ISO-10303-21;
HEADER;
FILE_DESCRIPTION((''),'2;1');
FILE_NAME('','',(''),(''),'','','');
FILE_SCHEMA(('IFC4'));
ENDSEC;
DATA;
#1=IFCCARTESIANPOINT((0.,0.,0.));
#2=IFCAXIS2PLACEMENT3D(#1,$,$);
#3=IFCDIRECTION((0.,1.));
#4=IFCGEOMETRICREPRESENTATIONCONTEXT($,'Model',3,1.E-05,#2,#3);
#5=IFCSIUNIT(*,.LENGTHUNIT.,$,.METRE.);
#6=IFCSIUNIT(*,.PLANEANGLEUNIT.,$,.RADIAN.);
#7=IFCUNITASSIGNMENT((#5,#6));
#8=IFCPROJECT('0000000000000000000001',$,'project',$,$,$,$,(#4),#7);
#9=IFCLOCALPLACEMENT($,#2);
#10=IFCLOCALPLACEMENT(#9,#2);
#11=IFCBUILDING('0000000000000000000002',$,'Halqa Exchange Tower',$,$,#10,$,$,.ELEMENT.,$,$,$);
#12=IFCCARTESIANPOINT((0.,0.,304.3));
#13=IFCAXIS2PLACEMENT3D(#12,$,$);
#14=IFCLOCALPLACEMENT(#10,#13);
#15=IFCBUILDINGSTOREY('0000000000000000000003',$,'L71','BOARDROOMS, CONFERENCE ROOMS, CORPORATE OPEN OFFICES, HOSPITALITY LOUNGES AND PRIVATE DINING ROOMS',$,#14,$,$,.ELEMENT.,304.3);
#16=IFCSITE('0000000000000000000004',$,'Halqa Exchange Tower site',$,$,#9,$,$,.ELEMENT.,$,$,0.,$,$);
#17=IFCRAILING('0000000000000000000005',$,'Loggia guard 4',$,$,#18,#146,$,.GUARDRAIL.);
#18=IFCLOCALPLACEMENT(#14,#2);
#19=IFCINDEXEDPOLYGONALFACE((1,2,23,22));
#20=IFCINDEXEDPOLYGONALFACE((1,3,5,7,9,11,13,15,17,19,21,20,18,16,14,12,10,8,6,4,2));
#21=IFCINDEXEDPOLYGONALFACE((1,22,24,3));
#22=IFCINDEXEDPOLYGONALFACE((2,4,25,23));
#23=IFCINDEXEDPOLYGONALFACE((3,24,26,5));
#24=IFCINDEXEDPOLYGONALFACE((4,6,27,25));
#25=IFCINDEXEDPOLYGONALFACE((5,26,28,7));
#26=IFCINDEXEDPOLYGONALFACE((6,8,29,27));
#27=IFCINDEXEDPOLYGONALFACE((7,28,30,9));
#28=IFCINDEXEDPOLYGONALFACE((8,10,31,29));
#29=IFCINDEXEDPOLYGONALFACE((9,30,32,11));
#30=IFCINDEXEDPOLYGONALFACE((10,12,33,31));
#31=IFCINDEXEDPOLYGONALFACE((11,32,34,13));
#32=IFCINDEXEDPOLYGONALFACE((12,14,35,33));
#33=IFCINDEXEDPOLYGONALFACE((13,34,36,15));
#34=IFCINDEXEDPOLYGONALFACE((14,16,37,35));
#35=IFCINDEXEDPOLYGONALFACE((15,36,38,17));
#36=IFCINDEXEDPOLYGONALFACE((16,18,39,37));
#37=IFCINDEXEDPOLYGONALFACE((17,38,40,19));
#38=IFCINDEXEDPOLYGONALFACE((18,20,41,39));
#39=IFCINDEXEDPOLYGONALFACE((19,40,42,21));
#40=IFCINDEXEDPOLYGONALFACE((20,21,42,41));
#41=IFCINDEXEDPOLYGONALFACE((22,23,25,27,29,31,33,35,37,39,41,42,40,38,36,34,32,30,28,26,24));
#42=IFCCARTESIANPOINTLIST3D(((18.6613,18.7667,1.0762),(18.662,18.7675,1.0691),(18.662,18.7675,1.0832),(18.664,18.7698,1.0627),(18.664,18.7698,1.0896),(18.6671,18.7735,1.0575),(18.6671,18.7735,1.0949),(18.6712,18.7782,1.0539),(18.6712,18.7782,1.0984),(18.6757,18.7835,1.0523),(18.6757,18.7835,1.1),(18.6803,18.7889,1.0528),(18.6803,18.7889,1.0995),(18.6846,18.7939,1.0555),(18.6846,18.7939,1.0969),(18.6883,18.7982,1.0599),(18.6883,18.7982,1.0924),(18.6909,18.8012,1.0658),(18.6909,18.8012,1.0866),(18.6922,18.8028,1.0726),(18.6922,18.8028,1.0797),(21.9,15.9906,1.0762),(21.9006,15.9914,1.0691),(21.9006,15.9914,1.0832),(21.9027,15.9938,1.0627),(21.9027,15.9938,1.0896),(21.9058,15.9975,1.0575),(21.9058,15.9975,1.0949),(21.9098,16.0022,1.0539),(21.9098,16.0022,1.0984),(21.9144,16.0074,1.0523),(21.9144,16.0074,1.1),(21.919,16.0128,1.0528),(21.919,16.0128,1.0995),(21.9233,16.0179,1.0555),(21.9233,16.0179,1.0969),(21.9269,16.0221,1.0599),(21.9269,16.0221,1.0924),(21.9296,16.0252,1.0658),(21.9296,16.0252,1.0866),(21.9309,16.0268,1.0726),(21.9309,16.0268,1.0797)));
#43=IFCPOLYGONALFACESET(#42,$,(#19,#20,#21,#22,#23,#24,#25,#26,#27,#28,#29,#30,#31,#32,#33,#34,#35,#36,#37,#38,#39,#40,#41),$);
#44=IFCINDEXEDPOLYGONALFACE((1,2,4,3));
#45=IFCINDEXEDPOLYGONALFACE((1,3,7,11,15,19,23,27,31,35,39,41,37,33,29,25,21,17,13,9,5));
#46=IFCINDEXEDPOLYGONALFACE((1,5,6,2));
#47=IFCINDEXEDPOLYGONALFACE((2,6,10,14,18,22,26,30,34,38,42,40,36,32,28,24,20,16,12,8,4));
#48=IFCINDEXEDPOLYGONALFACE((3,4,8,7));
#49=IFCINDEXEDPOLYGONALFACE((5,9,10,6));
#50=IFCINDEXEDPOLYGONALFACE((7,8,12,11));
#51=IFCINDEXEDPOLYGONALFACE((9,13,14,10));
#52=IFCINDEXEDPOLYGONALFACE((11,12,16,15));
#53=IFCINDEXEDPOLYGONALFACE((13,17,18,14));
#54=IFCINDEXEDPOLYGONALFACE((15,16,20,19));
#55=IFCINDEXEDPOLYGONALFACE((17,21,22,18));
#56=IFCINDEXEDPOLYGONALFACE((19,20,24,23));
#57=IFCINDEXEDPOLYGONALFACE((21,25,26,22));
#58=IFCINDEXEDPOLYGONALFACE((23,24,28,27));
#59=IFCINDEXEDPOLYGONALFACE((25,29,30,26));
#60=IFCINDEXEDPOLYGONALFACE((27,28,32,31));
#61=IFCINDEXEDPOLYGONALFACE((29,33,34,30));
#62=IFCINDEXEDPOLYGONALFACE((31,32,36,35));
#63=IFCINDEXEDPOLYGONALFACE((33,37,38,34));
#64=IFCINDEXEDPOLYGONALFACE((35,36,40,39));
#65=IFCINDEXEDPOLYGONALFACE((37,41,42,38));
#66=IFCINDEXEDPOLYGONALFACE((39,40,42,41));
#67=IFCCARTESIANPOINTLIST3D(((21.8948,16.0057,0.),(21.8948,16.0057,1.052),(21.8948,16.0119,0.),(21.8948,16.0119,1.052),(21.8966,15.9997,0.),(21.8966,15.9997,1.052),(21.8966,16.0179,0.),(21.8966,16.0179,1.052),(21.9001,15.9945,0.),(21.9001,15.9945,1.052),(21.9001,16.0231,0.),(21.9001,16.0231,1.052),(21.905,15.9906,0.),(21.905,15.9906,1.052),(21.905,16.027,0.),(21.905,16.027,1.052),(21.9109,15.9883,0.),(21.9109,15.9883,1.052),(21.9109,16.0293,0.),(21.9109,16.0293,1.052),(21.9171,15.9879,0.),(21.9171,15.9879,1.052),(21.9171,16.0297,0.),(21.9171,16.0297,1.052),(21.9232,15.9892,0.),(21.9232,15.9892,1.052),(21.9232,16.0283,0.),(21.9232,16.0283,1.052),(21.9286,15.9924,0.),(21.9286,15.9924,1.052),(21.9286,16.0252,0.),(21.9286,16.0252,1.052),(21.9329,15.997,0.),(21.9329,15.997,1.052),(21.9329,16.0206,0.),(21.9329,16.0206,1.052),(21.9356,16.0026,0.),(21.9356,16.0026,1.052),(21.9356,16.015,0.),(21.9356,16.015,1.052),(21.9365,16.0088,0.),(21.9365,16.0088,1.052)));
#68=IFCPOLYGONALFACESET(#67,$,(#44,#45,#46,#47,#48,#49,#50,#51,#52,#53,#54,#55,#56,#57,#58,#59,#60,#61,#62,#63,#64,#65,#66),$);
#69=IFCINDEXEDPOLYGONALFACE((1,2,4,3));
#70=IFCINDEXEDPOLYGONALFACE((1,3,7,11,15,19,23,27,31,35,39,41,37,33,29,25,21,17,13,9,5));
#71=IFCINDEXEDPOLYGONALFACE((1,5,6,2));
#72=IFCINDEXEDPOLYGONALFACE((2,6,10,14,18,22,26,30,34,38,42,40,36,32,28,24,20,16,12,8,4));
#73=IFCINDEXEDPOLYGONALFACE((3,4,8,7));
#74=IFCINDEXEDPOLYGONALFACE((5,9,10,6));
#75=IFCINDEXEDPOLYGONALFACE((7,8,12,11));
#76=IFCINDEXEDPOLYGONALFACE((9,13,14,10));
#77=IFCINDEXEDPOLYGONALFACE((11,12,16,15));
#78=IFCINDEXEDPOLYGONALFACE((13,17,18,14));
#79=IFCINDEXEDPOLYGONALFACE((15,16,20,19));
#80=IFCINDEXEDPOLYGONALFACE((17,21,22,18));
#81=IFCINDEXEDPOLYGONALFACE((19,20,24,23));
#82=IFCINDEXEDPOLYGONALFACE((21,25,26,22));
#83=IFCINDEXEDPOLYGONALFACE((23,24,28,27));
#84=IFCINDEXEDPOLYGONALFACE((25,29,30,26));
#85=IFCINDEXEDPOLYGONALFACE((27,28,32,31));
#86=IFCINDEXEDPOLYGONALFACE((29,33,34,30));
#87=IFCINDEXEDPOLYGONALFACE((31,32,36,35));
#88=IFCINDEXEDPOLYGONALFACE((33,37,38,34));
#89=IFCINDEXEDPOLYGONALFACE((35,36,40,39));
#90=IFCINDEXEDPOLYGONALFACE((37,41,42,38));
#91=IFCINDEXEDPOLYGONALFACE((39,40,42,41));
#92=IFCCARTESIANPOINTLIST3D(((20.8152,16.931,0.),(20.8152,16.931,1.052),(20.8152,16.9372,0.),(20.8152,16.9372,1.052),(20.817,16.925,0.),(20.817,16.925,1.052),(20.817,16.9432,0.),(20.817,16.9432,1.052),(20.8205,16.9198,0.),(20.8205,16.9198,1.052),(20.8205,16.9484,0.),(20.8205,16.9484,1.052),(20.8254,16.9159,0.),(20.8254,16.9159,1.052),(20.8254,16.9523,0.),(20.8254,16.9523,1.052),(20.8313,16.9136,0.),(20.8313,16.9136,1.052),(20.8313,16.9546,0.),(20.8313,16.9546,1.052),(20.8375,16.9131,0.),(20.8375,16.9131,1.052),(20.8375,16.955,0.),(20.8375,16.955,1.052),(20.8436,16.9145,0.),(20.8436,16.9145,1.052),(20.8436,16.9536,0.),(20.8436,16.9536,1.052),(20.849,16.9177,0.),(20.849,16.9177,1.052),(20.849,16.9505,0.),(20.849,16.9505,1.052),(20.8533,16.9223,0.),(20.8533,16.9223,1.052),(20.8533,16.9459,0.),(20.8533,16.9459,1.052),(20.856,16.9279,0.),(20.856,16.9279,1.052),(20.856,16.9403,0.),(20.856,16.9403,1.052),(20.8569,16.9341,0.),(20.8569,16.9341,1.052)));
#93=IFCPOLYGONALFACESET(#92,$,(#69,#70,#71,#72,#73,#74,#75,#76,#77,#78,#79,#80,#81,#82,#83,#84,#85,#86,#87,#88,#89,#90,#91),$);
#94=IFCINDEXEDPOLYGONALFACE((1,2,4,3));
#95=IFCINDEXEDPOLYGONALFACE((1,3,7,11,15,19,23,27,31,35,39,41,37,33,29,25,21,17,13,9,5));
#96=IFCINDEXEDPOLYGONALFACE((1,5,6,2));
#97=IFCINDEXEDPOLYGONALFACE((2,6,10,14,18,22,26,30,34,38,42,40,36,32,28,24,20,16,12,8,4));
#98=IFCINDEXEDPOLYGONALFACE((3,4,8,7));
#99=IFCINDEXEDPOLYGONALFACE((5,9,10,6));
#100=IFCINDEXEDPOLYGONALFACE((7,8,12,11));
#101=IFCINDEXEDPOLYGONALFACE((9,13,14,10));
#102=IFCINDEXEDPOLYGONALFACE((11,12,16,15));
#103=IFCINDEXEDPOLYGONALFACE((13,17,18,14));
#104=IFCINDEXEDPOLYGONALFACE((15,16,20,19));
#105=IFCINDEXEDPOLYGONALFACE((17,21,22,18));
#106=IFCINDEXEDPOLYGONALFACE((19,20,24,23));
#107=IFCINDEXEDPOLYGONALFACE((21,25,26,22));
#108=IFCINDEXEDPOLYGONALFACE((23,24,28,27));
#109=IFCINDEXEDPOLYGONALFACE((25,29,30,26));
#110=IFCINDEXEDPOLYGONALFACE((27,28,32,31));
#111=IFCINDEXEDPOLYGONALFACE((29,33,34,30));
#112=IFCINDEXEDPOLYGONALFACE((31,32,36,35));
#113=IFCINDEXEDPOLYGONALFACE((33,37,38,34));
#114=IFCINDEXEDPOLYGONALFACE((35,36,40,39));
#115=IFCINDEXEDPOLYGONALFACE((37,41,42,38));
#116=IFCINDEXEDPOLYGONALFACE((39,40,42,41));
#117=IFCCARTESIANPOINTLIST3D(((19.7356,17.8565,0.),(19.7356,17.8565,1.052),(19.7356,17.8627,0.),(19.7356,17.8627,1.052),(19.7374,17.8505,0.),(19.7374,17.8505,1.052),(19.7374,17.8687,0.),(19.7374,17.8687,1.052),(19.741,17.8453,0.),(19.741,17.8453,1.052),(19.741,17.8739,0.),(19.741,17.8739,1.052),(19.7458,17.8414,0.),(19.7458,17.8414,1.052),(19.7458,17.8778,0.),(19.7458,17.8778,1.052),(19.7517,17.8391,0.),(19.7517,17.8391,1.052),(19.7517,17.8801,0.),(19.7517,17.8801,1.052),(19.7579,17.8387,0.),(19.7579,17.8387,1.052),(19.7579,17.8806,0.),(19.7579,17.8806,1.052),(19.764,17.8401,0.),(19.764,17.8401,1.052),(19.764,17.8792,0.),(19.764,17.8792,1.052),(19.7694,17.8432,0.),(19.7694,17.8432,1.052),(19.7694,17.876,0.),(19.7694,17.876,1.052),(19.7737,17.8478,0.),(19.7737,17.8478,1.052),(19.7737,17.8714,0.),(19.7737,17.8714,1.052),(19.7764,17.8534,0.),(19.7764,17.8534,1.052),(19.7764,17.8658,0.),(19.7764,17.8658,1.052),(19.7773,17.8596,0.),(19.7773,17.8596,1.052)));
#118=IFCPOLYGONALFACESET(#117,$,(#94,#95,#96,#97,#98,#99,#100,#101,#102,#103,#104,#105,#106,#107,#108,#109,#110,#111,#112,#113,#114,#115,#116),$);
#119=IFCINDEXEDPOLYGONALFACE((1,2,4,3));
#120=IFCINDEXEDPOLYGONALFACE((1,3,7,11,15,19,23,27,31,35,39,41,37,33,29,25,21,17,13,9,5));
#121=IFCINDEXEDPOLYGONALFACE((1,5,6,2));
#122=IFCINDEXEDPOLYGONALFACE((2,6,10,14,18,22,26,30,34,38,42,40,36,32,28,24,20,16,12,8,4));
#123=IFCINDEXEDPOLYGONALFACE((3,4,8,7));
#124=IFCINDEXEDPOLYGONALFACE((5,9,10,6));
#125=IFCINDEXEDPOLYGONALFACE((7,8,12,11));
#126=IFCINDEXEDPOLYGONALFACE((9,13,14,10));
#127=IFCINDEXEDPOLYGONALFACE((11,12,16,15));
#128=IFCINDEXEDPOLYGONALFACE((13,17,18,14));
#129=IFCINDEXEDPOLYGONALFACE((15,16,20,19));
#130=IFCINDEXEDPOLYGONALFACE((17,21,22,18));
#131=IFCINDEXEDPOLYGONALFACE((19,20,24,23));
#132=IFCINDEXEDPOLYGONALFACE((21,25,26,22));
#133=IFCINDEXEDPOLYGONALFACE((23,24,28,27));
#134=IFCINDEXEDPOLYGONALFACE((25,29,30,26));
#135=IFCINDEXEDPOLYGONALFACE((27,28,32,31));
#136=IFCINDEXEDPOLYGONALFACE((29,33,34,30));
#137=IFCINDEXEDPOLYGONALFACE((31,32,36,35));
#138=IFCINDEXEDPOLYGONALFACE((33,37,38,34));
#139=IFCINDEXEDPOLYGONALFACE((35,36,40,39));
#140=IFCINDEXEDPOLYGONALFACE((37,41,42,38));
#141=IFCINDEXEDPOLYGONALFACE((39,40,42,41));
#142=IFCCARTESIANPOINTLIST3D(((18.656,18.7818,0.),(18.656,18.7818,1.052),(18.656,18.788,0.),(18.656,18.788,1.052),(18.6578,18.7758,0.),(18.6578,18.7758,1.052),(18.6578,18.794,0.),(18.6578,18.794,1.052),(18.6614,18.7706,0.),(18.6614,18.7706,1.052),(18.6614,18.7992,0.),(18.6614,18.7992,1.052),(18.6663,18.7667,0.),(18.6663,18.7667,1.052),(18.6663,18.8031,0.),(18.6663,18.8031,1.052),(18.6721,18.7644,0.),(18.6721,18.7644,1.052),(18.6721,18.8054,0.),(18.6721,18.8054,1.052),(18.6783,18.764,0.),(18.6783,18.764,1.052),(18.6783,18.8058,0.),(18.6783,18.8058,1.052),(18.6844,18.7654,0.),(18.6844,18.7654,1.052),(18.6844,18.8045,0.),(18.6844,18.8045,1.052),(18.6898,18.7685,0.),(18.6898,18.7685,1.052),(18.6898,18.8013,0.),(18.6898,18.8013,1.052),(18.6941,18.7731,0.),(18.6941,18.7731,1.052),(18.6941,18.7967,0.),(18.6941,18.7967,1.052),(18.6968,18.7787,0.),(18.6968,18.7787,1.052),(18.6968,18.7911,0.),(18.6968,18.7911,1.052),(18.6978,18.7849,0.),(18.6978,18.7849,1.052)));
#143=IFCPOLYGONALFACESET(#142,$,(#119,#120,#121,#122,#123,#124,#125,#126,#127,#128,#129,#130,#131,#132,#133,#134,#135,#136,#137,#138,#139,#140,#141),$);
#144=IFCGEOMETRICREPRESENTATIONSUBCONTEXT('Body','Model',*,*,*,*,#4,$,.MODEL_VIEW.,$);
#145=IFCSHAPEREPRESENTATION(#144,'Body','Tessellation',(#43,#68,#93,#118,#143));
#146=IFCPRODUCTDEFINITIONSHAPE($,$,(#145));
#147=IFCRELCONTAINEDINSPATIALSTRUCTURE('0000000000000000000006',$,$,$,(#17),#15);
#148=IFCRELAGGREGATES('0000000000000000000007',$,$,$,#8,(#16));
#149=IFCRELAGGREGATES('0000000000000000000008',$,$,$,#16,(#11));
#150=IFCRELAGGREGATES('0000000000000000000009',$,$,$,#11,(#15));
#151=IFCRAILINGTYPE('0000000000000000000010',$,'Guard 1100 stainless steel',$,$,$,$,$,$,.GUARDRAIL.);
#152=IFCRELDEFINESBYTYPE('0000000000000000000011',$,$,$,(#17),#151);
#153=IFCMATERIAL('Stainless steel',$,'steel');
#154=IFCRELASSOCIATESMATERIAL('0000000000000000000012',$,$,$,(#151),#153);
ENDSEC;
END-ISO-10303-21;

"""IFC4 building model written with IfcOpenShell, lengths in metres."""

from ifc_helpers import new_model, si_unit, direction, frame, origin, origin_2d, place, context, subcontext, project, spatial, circle, extrude, material, type_object, element, save


model = new_model("IFC4")

# Units and contexts
model_context = context("Model", 3, precision=1e-05, world=origin(), true_north=direction((0.0, 1.0)))
body_context = subcontext(model_context, "Body", "Model", "MODEL_VIEW")
ifc_project = project(units=[si_unit("LENGTHUNIT", "METRE"), si_unit("PLANEANGLEUNIT", "RADIAN")], contexts=[model_context])

# Site, building, storey
site_placement = place(None, origin())
site = spatial("IfcSite", under=ifc_project, at=site_placement, Name="Halqa Exchange Tower site", CompositionType="ELEMENT", RefElevation=0.0)
building_placement = place(site_placement, origin())
building = spatial("IfcBuilding", under=site, at=building_placement, Name="Halqa Exchange Tower", CompositionType="ELEMENT")
storey_placement = place(building_placement, frame((0.0, 0.0, 304.3)))
storey = spatial("IfcBuildingStorey", under=building, at=storey_placement, Name="L71", Description="BOARDROOMS, CONFERENCE ROOMS, CORPORATE OPEN OFFICES, HOSPITALITY LOUNGES AND PRIVATE DINING ROOMS", CompositionType="ELEMENT", Elevation=304.3)

# Railing
ifc_material_1 = material(Name="Stainless steel", Category="steel")
railing_type = type_object("IfcRailingType", Name="Guard 1100 stainless steel", PredefinedType="GUARDRAIL", material=ifc_material_1)
railing_1_placement = place(storey_placement, frame((21.9155, 16.0088, 0.0)))
element("IfcRailing", 1, at=railing_1_placement, inside=storey, type_object=railing_type, Name="Loggia guard 4", PredefinedType="GUARDRAIL", context=body_context, shape_type="SweptSolid", body=[
    extrude(circle(Radius=0.0239, at=origin_2d()), frame((0.0, 0.0, 1.0762), z_axis=(-0.759253, 0.650796, 0.0), x_axis=(-0.650796, -0.759253, 0.0)), (0.0, 0.0, 1.0), 4.2656),
    extrude(circle(Radius=0.021, at=origin_2d()), origin(), (0.0, 0.0, 1.0), 1.052),
    extrude(circle(Radius=0.021, at=origin_2d()), frame((-1.0796, 0.9253, 0.0)), (0.0, 0.0, 1.0), 1.052),
    extrude(circle(Radius=0.021, at=origin_2d()), frame((-2.1592, 1.8508, 0.0)), (0.0, 0.0, 1.0), 1.052),
    extrude(circle(Radius=0.021, at=origin_2d()), frame((-3.2388, 2.7761, 0.0)), (0.0, 0.0, 1.0), 1.052),
])

save(model, "model.ifc")
